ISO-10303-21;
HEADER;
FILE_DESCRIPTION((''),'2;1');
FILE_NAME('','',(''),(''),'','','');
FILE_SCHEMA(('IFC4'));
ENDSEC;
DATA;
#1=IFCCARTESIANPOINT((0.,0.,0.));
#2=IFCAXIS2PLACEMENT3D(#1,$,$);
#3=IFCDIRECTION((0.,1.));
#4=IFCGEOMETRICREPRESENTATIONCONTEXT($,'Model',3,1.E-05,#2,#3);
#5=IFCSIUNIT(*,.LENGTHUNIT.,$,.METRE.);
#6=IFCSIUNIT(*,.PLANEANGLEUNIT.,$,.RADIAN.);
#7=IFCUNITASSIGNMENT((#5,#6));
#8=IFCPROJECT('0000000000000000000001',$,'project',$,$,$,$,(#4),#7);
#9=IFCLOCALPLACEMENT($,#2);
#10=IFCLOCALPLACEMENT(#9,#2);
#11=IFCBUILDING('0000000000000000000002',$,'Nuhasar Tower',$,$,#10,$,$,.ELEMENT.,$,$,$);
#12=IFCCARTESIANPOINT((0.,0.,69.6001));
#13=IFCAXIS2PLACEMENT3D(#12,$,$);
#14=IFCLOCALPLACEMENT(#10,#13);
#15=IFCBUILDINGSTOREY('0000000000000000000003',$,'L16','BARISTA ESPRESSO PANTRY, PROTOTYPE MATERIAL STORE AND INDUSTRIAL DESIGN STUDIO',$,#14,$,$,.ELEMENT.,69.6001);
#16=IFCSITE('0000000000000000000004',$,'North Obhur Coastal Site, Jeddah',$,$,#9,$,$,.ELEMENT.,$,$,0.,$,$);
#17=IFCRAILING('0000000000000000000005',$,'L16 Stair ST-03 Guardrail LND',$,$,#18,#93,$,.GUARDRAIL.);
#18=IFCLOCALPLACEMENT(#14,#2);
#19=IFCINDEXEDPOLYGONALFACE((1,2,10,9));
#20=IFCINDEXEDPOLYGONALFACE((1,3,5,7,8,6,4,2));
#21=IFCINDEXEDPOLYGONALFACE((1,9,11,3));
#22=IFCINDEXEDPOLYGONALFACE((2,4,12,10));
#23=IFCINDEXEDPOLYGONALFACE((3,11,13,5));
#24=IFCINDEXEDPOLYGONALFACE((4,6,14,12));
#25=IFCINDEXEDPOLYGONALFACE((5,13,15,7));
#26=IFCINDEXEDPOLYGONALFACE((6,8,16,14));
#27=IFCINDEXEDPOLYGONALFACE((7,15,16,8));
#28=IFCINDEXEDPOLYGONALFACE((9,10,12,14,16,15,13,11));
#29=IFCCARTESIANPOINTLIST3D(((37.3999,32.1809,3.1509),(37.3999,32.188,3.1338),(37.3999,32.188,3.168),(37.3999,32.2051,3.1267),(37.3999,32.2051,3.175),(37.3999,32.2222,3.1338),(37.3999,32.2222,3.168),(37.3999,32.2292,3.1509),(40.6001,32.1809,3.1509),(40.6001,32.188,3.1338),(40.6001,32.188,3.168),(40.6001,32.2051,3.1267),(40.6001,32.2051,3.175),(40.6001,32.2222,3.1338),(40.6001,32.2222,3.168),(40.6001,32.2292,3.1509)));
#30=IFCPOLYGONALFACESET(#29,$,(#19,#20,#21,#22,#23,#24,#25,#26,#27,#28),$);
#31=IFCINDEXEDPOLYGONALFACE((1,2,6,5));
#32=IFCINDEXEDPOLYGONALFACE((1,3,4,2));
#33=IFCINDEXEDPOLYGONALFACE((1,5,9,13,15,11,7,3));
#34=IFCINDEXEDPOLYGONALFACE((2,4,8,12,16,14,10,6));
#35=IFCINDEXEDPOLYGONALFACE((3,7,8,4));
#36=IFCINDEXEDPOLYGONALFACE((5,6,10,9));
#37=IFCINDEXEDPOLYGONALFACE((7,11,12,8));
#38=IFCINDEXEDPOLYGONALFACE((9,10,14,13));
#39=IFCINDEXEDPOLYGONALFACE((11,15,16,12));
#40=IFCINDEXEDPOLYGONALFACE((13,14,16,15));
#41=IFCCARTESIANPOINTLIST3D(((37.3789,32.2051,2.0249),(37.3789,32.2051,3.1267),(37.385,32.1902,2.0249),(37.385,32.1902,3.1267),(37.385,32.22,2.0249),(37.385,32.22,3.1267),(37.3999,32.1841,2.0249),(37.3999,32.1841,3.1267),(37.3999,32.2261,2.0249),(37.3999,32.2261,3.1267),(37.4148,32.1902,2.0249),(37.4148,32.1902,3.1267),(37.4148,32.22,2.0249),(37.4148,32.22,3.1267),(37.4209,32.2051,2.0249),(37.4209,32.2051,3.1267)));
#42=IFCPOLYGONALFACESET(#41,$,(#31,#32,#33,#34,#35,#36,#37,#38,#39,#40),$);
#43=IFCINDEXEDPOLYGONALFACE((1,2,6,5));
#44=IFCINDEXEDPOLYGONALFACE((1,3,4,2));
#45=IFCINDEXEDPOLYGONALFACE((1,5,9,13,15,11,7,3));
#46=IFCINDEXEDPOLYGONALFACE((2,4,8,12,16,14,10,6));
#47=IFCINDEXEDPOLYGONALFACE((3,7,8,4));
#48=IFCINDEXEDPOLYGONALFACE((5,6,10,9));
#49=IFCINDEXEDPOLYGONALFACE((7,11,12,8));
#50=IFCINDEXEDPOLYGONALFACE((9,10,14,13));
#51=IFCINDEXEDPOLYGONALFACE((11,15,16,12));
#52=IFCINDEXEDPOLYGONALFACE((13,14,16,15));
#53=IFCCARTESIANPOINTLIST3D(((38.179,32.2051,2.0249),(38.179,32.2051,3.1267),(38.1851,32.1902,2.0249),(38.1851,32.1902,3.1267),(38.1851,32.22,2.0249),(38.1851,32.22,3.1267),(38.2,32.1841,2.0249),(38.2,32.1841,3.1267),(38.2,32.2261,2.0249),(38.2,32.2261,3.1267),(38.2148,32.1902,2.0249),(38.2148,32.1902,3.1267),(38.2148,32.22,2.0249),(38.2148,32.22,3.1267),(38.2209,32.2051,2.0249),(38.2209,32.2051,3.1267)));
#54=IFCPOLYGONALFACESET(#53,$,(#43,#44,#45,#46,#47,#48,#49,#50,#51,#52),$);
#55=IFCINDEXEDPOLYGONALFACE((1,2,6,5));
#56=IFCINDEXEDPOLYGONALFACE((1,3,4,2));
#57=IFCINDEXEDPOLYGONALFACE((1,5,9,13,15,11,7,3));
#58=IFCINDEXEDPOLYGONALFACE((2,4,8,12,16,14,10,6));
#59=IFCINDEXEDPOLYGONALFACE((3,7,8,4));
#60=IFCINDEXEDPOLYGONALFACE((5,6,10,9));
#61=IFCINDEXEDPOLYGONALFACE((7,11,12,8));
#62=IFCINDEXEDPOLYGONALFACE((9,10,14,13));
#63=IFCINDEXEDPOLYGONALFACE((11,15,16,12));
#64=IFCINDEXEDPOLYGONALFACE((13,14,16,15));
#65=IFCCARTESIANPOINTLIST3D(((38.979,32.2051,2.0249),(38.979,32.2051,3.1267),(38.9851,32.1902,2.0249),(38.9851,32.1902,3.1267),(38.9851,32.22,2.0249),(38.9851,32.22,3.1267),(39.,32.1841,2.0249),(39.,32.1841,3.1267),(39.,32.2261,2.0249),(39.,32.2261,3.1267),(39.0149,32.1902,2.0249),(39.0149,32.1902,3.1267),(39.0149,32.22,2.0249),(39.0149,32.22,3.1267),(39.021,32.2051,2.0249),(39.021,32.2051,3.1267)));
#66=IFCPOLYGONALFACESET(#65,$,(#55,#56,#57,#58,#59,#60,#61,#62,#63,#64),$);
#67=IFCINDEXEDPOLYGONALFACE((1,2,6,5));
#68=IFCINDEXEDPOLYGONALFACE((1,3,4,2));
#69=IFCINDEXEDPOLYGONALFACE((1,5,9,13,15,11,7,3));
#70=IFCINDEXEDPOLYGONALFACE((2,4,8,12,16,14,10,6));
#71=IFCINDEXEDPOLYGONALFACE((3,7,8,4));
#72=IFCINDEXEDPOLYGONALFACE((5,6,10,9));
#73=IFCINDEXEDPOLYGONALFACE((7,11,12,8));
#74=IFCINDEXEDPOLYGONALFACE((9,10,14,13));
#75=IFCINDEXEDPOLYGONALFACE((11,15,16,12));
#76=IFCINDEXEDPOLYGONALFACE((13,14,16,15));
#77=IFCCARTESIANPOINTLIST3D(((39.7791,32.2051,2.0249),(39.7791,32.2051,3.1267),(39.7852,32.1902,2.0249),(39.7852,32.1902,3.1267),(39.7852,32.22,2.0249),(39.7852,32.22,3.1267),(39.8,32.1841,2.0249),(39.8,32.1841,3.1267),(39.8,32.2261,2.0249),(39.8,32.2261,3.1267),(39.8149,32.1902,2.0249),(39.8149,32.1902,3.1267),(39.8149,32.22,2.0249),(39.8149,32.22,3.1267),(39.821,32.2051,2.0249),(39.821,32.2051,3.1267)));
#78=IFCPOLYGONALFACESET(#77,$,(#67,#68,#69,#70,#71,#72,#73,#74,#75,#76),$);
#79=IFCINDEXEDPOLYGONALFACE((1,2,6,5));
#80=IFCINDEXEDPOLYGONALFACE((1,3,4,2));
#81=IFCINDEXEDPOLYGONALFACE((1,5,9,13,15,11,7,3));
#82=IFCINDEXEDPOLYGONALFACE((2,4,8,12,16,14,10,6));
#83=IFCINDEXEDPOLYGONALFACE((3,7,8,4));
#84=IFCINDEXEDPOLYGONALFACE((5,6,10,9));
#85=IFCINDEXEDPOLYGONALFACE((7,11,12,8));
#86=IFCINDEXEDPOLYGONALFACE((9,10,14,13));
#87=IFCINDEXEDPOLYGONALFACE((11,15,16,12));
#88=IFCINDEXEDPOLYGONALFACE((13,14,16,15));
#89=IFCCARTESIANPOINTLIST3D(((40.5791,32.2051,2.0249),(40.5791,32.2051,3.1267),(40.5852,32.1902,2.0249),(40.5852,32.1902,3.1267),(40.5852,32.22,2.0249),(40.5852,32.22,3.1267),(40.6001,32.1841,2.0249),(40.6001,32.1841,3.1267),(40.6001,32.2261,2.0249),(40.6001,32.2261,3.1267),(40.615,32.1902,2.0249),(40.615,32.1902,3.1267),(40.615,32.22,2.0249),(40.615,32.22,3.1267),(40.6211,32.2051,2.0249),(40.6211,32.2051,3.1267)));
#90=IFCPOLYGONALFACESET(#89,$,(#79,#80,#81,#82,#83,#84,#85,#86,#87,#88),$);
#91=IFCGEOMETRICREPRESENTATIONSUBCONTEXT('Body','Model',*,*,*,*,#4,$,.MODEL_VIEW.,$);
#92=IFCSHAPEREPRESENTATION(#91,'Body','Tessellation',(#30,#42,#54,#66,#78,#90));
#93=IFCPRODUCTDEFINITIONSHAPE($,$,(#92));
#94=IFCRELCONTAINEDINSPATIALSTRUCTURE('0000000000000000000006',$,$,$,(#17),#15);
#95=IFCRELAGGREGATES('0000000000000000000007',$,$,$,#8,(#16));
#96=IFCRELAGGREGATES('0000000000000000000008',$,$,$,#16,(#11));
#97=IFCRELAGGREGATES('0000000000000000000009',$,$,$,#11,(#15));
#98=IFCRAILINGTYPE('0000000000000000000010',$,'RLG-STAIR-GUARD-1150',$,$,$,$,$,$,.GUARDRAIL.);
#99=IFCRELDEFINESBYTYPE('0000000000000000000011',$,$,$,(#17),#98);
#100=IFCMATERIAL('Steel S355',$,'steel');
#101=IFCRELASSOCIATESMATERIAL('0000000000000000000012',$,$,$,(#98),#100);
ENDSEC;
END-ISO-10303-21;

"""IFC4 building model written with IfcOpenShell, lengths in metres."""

from ifc_helpers import new_model, si_unit, direction, frame, origin, place, context, subcontext, project, spatial, polyline, outline, extrude, material, type_object, element, save


model = new_model("IFC4")

# Units and contexts
model_context = context("Model", 3, precision=1e-05, world=origin(), true_north=direction((0.0, 1.0)))
body_context = subcontext(model_context, "Body", "Model", "MODEL_VIEW")
ifc_project = project(units=[si_unit("LENGTHUNIT", "METRE"), si_unit("PLANEANGLEUNIT", "RADIAN")], contexts=[model_context])

# Site, building, storey
site_placement = place(None, origin())
site = spatial("IfcSite", under=ifc_project, at=site_placement, Name="North Obhur Coastal Site, Jeddah", CompositionType="ELEMENT", RefElevation=0.0)
building_placement = place(site_placement, origin())
building = spatial("IfcBuilding", under=site, at=building_placement, Name="Nuhasar Tower", CompositionType="ELEMENT")
storey_placement = place(building_placement, frame((0.0, 0.0, 69.6001)))
storey = spatial("IfcBuildingStorey", under=building, at=storey_placement, Name="L16", Description="BARISTA ESPRESSO PANTRY, PROTOTYPE MATERIAL STORE AND INDUSTRIAL DESIGN STUDIO", CompositionType="ELEMENT", Elevation=69.6001)

# Shared definitions
ifc_material_1 = material(Name="Steel S355", Category="steel")

# Railing
railing_type_1 = type_object("IfcRailingType", Name="RLG-STAIR-GUARD-1150", PredefinedType="GUARDRAIL", material=ifc_material_1)
railing_1_placement = place(storey_placement, frame((37.3999, 32.2051, 2.0249)))
element("IfcRailing", 1, at=railing_1_placement, inside=storey, type_object=railing_type_1, Name="L16 Stair ST-03 Guardrail LND", PredefinedType="GUARDRAIL", context=body_context, shape_type="SweptSolid", body=[
    extrude(outline(polyline([(0.0242, 0.0), (0.0171, 0.0171), (0.0, 0.0242), (-0.0171, 0.0171), (-0.0242, 0.0), (-0.0171, -0.0171), (0.0, -0.0242), (0.0171, -0.0171), (0.0242, 0.0)])), frame((0.0, 0.0, 1.126), z_axis=(1.0, 0.0, 0.0), x_axis=(0.0, 1.0, 0.0)), (0.0, 0.0, 1.0), 3.2002),
    extrude(outline(polyline([(0.021, 0.0), (0.0149, 0.0149), (0.0, 0.021), (-0.0149, 0.0149), (-0.021, 0.0), (-0.0149, -0.0149), (0.0, -0.021), (0.0149, -0.0149), (0.021, 0.0)])), origin(), (0.0, 0.0, 1.0), 1.1018),
    extrude(outline(polyline([(0.021, 0.0), (0.0149, 0.0149), (0.0, 0.021), (-0.0149, 0.0149), (-0.021, 0.0), (-0.0149, -0.0149), (0.0, -0.021), (0.0149, -0.0149), (0.021, 0.0)])), frame((0.8, 0.0, 0.0)), (0.0, 0.0, 1.0), 1.1018),
    extrude(outline(polyline([(0.021, 0.0), (0.0149, 0.0149), (0.0, 0.021), (-0.0149, 0.0149), (-0.021, 0.0), (-0.0149, -0.0149), (0.0, -0.021), (0.0149, -0.0149), (0.021, 0.0)])), frame((1.6001, 0.0, 0.0)), (0.0, 0.0, 1.0), 1.1018),
    extrude(outline(polyline([(0.021, 0.0), (0.0149, 0.0149), (0.0, 0.021), (-0.0149, 0.0149), (-0.021, 0.0), (-0.0149, -0.0149), (0.0, -0.021), (0.0149, -0.0149), (0.021, 0.0)])), frame((2.4001, 0.0, 0.0)), (0.0, 0.0, 1.0), 1.1018),
    extrude(outline(polyline([(0.021, 0.0), (0.0149, 0.0149), (0.0, 0.021), (-0.0149, 0.0149), (-0.021, 0.0), (-0.0149, -0.0149), (0.0, -0.021), (0.0149, -0.0149), (0.021, 0.0)])), frame((3.2002, 0.0, 0.0)), (0.0, 0.0, 1.0), 1.1018),
])

save(model, "model.ifc")
